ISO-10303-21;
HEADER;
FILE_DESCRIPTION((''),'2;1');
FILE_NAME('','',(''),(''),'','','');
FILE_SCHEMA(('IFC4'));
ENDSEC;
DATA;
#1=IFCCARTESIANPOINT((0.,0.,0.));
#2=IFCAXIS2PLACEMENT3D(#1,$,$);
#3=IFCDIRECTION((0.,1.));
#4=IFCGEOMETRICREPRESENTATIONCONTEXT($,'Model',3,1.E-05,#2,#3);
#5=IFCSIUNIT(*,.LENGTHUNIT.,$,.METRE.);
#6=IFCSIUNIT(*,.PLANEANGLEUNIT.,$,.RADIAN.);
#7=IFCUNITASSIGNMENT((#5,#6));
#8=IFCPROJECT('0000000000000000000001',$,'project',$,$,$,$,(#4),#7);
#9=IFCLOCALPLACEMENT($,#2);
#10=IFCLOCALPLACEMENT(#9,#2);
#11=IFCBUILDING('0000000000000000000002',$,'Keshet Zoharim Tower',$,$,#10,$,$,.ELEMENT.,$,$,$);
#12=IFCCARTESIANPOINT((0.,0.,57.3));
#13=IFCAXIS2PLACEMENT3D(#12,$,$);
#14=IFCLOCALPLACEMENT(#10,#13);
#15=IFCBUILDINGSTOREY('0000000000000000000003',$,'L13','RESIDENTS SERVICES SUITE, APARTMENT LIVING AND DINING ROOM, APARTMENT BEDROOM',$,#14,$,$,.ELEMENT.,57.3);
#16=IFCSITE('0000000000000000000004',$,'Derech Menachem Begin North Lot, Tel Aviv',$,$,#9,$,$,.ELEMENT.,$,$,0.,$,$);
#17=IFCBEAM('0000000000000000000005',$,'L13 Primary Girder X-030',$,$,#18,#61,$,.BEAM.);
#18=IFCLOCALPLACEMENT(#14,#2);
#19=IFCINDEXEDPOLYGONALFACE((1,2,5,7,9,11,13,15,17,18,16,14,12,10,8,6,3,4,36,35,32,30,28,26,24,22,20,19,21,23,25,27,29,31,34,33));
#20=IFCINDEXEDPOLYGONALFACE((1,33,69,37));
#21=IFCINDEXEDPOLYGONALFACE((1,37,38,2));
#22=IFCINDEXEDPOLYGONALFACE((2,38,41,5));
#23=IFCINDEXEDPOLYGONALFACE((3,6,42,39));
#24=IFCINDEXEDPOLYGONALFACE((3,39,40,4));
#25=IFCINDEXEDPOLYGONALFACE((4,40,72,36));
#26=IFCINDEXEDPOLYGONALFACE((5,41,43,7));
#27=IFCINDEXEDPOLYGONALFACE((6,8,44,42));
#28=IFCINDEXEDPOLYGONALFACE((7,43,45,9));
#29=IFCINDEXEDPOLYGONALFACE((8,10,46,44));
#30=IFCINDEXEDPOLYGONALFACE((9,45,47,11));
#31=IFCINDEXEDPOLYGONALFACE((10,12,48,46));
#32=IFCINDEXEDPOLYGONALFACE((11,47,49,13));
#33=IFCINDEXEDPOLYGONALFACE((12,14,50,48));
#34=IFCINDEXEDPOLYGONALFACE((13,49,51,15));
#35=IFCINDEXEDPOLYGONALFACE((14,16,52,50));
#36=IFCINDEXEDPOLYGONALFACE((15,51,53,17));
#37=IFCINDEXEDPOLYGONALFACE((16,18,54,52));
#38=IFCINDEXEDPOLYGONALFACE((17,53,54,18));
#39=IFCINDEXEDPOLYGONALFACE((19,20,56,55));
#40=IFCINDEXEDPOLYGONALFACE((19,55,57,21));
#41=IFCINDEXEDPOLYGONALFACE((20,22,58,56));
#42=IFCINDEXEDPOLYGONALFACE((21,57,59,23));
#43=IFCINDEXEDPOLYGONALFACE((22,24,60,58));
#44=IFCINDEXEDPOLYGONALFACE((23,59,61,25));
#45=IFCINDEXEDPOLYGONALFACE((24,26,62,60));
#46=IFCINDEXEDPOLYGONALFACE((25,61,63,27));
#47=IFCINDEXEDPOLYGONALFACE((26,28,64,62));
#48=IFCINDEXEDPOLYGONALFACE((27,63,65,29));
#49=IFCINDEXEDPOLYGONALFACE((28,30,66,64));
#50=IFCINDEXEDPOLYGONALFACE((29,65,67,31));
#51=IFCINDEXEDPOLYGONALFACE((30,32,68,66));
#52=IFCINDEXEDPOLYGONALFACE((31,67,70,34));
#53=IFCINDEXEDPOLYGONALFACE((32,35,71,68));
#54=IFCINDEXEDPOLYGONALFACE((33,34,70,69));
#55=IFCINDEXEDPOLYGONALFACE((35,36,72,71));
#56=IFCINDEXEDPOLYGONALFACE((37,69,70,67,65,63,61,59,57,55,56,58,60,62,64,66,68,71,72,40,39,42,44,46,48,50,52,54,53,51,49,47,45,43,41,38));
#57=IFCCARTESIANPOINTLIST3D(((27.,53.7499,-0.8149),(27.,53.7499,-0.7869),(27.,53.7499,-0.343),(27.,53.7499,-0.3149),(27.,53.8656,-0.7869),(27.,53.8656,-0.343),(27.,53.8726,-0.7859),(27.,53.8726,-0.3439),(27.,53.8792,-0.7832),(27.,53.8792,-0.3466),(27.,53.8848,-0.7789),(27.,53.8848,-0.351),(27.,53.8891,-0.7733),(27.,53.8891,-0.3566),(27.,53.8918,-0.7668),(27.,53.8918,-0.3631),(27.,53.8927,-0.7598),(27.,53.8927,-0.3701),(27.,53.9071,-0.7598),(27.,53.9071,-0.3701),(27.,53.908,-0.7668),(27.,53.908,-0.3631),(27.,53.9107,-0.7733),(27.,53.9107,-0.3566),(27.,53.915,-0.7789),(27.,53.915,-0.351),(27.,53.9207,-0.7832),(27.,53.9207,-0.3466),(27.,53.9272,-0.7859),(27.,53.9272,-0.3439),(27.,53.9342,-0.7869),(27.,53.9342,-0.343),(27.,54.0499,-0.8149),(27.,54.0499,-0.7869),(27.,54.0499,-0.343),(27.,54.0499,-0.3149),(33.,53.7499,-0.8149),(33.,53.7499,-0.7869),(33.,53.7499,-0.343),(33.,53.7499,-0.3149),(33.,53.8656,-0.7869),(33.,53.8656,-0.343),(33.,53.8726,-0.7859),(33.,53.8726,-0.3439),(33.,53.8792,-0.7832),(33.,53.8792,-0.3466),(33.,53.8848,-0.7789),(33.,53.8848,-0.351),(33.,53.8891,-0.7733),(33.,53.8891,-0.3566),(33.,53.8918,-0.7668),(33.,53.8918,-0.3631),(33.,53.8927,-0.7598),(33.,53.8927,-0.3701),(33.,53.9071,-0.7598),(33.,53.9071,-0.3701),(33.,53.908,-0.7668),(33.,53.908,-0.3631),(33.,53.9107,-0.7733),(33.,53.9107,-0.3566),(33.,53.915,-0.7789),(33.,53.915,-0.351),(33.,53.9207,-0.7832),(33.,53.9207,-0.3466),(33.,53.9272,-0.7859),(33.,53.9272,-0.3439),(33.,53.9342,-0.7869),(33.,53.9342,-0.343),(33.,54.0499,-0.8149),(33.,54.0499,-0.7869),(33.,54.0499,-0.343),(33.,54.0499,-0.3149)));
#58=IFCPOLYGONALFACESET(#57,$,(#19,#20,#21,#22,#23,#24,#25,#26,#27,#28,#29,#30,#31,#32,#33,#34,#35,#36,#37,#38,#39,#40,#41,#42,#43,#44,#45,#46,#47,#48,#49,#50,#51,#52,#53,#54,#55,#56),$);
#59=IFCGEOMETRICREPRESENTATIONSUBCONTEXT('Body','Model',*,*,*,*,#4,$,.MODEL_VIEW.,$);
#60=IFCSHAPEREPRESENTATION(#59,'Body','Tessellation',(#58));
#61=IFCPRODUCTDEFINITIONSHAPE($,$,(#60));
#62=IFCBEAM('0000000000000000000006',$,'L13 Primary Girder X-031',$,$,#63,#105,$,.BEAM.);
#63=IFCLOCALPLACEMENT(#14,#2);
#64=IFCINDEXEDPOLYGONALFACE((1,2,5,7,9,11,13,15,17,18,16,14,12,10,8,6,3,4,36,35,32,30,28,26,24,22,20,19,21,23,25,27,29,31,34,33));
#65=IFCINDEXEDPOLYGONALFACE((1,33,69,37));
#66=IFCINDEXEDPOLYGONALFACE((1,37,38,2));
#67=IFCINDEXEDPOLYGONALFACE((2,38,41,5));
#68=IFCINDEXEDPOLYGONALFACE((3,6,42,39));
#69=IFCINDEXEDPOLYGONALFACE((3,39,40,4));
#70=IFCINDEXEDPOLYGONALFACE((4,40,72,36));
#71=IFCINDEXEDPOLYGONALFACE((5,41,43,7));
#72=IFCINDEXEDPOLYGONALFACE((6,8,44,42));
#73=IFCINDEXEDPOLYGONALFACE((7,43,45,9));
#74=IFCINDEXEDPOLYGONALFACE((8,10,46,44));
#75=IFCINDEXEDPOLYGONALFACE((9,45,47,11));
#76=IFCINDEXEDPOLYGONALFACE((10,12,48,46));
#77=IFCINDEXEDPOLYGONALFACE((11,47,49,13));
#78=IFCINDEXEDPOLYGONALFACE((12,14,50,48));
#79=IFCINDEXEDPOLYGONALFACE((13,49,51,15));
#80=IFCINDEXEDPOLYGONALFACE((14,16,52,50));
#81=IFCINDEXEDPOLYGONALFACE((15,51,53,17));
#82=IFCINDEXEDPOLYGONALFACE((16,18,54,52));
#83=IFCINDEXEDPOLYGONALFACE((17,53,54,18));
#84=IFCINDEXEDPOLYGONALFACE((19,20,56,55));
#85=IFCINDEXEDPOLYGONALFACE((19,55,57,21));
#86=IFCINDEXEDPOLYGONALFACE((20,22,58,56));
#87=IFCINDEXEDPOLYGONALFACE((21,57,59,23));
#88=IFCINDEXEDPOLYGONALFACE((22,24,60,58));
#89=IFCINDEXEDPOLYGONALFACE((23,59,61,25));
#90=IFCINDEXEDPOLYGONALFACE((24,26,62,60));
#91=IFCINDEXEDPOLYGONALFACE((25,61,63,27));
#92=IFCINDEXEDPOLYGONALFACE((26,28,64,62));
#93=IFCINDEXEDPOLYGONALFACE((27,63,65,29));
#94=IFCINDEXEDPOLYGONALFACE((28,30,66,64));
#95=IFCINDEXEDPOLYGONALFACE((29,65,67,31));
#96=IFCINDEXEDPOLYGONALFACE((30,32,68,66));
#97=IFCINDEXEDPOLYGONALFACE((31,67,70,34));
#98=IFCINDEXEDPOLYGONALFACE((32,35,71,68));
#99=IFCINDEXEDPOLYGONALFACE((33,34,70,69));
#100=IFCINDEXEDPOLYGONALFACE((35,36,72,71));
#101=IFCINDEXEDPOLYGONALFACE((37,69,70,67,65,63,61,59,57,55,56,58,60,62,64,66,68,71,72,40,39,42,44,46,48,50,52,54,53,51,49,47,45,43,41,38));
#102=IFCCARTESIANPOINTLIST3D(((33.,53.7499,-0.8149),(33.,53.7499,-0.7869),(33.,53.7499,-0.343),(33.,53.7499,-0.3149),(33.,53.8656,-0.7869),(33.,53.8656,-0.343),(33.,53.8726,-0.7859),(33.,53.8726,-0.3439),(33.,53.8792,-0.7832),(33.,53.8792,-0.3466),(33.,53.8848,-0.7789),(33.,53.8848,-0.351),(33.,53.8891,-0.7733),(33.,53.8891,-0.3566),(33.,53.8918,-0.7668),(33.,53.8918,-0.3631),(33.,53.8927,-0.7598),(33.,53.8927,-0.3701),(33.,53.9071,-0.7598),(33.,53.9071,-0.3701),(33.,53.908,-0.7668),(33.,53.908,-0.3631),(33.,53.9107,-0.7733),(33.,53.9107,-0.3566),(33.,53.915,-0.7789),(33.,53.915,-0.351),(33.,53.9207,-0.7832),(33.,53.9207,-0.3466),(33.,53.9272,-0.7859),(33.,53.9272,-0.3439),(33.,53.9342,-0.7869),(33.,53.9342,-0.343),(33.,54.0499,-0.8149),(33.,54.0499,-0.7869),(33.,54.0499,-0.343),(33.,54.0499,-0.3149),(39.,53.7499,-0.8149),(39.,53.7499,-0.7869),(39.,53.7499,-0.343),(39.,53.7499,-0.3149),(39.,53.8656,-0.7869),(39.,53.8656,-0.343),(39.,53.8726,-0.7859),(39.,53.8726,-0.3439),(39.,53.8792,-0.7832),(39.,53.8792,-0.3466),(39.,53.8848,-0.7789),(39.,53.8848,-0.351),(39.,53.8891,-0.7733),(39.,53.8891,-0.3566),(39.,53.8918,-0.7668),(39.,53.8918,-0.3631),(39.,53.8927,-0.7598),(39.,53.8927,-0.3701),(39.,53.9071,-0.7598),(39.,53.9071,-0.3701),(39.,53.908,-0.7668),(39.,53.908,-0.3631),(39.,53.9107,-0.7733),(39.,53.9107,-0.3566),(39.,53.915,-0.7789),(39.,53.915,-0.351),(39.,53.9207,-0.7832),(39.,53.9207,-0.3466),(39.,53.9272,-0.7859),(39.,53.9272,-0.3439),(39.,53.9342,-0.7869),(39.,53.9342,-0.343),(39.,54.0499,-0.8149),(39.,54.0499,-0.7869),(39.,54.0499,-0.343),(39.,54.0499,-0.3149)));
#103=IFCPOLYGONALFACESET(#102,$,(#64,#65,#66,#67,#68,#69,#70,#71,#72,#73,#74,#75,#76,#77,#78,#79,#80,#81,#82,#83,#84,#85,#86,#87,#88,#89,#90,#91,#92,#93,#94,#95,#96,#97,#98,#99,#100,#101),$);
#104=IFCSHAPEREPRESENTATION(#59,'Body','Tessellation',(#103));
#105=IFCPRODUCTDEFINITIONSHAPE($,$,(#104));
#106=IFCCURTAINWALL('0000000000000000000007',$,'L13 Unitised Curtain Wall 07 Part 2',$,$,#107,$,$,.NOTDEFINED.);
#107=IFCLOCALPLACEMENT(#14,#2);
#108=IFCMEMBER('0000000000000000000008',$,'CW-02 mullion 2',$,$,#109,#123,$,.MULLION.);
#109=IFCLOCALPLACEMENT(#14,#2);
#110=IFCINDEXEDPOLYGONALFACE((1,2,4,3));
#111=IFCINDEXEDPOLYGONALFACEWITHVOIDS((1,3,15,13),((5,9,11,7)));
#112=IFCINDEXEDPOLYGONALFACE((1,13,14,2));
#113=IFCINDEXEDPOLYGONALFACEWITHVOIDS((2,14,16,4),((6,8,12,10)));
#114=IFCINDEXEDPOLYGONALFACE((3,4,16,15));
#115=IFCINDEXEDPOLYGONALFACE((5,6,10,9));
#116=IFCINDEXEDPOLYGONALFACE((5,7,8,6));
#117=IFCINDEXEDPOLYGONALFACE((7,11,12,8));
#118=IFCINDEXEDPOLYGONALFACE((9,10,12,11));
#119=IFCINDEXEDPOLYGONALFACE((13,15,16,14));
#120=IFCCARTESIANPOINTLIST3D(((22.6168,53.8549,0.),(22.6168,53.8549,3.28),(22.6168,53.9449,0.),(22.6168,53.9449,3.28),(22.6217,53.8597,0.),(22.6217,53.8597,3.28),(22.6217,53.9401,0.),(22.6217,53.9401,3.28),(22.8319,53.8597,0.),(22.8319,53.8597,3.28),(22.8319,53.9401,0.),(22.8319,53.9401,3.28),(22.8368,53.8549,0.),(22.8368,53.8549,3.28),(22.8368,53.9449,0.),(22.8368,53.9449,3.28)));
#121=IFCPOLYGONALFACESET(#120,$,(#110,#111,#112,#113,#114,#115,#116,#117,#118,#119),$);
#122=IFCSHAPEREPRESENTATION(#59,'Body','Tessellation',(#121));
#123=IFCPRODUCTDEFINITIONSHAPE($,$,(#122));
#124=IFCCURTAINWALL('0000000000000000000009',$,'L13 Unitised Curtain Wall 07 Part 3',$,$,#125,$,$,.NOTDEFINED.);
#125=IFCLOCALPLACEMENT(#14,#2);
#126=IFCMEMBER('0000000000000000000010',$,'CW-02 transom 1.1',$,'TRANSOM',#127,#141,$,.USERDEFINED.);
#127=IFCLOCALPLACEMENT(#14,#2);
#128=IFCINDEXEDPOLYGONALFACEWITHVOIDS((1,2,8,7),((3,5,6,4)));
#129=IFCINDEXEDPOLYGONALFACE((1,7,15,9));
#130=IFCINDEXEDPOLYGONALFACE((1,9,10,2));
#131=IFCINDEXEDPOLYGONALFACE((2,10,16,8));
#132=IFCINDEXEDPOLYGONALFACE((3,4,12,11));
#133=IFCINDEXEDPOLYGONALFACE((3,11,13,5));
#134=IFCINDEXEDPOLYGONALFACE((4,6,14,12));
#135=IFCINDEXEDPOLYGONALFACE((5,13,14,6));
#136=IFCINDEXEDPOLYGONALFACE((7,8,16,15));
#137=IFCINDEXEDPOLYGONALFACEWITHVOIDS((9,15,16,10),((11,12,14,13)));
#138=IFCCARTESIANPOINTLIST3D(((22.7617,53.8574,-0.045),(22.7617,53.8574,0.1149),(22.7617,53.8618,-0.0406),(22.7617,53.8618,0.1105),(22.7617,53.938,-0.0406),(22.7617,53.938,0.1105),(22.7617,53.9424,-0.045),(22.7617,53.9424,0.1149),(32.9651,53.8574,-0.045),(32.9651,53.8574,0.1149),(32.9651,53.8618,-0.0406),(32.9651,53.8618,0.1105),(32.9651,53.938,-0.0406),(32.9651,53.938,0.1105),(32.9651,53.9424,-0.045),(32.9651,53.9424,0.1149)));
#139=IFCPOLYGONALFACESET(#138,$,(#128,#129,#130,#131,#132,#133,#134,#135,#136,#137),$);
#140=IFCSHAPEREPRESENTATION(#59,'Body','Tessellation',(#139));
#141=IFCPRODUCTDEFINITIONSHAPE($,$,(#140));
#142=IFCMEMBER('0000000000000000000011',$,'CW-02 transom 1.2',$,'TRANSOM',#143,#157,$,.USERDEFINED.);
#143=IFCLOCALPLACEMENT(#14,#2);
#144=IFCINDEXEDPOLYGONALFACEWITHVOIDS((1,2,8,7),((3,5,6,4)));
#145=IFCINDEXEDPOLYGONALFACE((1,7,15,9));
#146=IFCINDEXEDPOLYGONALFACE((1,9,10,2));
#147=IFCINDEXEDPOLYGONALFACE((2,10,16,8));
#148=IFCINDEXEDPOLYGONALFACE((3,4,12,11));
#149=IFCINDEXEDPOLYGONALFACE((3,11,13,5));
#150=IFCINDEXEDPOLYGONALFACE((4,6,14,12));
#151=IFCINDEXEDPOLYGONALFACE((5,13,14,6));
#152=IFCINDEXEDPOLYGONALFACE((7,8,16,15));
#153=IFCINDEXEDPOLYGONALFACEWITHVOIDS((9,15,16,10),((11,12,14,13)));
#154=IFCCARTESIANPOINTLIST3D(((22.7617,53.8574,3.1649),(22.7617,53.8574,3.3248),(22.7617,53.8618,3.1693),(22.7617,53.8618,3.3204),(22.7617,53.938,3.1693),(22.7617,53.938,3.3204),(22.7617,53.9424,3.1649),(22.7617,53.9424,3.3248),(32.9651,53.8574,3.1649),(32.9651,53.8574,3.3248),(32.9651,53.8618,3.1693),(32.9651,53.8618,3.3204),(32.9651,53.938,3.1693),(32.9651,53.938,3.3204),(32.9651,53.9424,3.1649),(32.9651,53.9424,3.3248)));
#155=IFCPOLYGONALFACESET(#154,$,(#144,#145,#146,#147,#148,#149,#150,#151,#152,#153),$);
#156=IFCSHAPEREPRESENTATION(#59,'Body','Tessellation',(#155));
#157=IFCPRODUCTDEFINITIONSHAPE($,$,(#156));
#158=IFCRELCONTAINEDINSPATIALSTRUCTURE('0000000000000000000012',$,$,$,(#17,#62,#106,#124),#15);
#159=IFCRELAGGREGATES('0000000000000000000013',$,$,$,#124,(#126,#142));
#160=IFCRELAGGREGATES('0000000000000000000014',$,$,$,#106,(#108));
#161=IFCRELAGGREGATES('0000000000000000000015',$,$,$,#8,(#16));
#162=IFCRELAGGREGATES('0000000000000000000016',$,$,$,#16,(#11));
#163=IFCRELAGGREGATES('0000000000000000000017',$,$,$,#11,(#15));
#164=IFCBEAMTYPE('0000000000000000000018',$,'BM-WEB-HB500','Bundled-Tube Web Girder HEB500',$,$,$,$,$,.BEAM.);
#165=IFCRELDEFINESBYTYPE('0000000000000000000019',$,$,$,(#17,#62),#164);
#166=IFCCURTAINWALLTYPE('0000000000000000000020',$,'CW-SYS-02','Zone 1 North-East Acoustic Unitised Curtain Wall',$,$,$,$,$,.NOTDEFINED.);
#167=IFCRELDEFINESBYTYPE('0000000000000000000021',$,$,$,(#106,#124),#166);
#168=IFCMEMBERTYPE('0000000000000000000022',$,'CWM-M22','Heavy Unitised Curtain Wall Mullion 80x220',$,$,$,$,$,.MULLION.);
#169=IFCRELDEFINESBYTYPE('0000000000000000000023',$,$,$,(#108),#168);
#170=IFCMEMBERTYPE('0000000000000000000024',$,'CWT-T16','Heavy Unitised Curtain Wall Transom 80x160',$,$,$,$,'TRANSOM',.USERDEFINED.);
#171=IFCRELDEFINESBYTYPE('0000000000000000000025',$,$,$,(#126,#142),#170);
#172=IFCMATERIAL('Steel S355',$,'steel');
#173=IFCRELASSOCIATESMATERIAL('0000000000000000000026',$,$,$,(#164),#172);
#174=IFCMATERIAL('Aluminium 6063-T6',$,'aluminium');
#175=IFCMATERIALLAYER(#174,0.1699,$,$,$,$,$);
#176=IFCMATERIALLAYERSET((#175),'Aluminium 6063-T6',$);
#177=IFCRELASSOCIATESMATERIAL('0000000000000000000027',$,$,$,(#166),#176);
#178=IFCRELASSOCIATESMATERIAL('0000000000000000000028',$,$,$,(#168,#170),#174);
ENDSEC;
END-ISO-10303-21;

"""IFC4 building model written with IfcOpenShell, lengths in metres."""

from ifc_helpers import new_model, si_unit, direction, frame, origin, origin_2d, place, context, subcontext, project, spatial, hollow_rectangle, i_section, extrude, material, layer, layer_set, material_profile, profile_set, type_object, element, aggregate, save


model = new_model("IFC4")

# Units and contexts
model_context = context("Model", 3, precision=1e-05, world=origin(), true_north=direction((0.0, 1.0)))
body_context = subcontext(model_context, "Body", "Model", "MODEL_VIEW")
ifc_project = project(units=[si_unit("LENGTHUNIT", "METRE"), si_unit("PLANEANGLEUNIT", "RADIAN")], contexts=[model_context])

# Site, building, storey
site_placement = place(None, origin())
site = spatial("IfcSite", under=ifc_project, at=site_placement, Name="Derech Menachem Begin North Lot, Tel Aviv", CompositionType="ELEMENT", RefElevation=0.0)
building_placement = place(site_placement, origin())
building = spatial("IfcBuilding", under=site, at=building_placement, Name="Keshet Zoharim Tower", CompositionType="ELEMENT")
storey_placement = place(building_placement, frame((0.0, 0.0, 57.3)))
storey = spatial("IfcBuildingStorey", under=building, at=storey_placement, Name="L13", Description="RESIDENTS SERVICES SUITE, APARTMENT LIVING AND DINING ROOM, APARTMENT BEDROOM", CompositionType="ELEMENT", Elevation=57.3)

# Shared definitions
ifc_material_1 = material(Name="Steel S355", Category="steel")

# Beams
ifc_material_profile_1 = material_profile(ifc_material_1, i_section(OverallWidth=0.3, OverallDepth=0.5, WebThickness=0.0144, FlangeThickness=0.0281, FilletRadius=0.0271, at=origin_2d()), Name="HEB500")
ifc_profile_set_1 = profile_set([ifc_material_profile_1], Name="Steel S355")
beam_type = type_object("IfcBeamType", Name="BM-WEB-HB500", Description="Bundled-Tube Web Girder HEB500", PredefinedType="BEAM", material=ifc_profile_set_1)
for number, where, z_axis, x_axis, name in (
    (1, (27.0, 53.8999, -0.5649), (1.0, 0.0, 0.0), (0.0, 1.0, 0.0), "L13 Primary Girder X-030"),
    (2, (33.0, 53.8999, -0.5649), (1.0, 0.0, 0.0), (0.0, 1.0, 0.0), "L13 Primary Girder X-031"),
):
    element("IfcBeam", number, at=place(storey_placement, frame(where, z_axis=z_axis, x_axis=x_axis)), inside=storey, type_object=beam_type, Name=name, PredefinedType="BEAM", context=body_context, shape_type="SweptSolid", body=[
        extrude(i_section(OverallWidth=0.3, OverallDepth=0.5, WebThickness=0.0144, FlangeThickness=0.0281, FilletRadius=0.0271, at=origin_2d()), origin(), (0.0, 0.0, 1.0), 6.0),
    ])

# Curtain wall, member
ifc_material_2 = material(Name="Aluminium 6063-T6", Category="aluminium")
ifc_layer_1 = layer(ifc_material_2, 0.1699)
ifc_layer_set_1 = layer_set([ifc_layer_1], Name="Aluminium 6063-T6")
curtain_wall_type = type_object("IfcCurtainWallType", Name="CW-SYS-02", Description="Zone 1 North-East Acoustic Unitised Curtain Wall", PredefinedType="NOTDEFINED", material=ifc_layer_set_1)
curtain_wall_1_placement = place(storey_placement, origin())
curtain_wall_1 = element("IfcCurtainWall", 3, at=curtain_wall_1_placement, inside=storey, type_object=curtain_wall_type, Name="L13 Unitised Curtain Wall 07 Part 2", PredefinedType="NOTDEFINED")
ifc_material_profile_2 = material_profile(ifc_material_2, hollow_rectangle(XDim=0.0901, YDim=0.22, WallThickness=0.0049, at=origin_2d()), Name="MUL-90x220")
ifc_profile_set_2 = profile_set([ifc_material_profile_2], Name="Aluminium 6063-T6")
member_type_1 = type_object("IfcMemberType", Name="CWM-M22", Description="Heavy Unitised Curtain Wall Mullion 80x220", PredefinedType="MULLION", material=ifc_profile_set_2)
member_1_placement = place(storey_placement, frame((22.7268, 53.8999, 0.0), z_axis=(0.0, 0.0, 1.0), x_axis=(0.0, 1.0, 0.0)))
member_1 = element("IfcMember", 4, at=member_1_placement, type_object=member_type_1, Name="CW-02 mullion 2", PredefinedType="MULLION", context=body_context, shape_type="SweptSolid", body=[
    extrude(hollow_rectangle(XDim=0.0901, YDim=0.22, WallThickness=0.0049, at=origin_2d()), origin(), (0.0, 0.0, 1.0), 3.28),
])

# Curtain wall, members
curtain_wall_2_placement = place(storey_placement, origin())
curtain_wall_2 = element("IfcCurtainWall", 5, at=curtain_wall_2_placement, inside=storey, type_object=curtain_wall_type, Name="L13 Unitised Curtain Wall 07 Part 3", PredefinedType="NOTDEFINED")
ifc_material_profile_3 = material_profile(ifc_material_2, hollow_rectangle(XDim=0.085, YDim=0.1599, WallThickness=0.0044, at=origin_2d()), Name="TRN-85x160")
ifc_profile_set_3 = profile_set([ifc_material_profile_3], Name="Aluminium 6063-T6")
member_type_2 = type_object("IfcMemberType", Name="CWT-T16", Description="Heavy Unitised Curtain Wall Transom 80x160", ElementType="TRANSOM", PredefinedType="USERDEFINED", material=ifc_profile_set_3)
member_2_placement = place(storey_placement, frame((22.7617, 53.8999, 0.0349), z_axis=(1.0, 0.0, 0.0), x_axis=(0.0, 1.0, 0.0)))
member_2 = element("IfcMember", 6, at=member_2_placement, type_object=member_type_2, Name="CW-02 transom 1.1", ObjectType="TRANSOM", PredefinedType="USERDEFINED", context=body_context, shape_type="SweptSolid", body=[
    extrude(hollow_rectangle(XDim=0.085, YDim=0.1599, WallThickness=0.0044, at=origin_2d()), origin(), (0.0, 0.0, 1.0), 10.2034),
])
member_3_placement = place(storey_placement, frame((22.7617, 53.8999, 3.2449), z_axis=(1.0, 0.0, 0.0), x_axis=(0.0, 1.0, 0.0)))
member_3 = element("IfcMember", 7, at=member_3_placement, type_object=member_type_2, Name="CW-02 transom 1.2", ObjectType="TRANSOM", PredefinedType="USERDEFINED", context=body_context, shape_type="SweptSolid", body=[
    extrude(hollow_rectangle(XDim=0.085, YDim=0.1599, WallThickness=0.0044, at=origin_2d()), origin(), (0.0, 0.0, 1.0), 10.2034),
])

aggregate(curtain_wall_2, [member_2, member_3])
aggregate(curtain_wall_1, [member_1])

save(model, "model.ifc")
